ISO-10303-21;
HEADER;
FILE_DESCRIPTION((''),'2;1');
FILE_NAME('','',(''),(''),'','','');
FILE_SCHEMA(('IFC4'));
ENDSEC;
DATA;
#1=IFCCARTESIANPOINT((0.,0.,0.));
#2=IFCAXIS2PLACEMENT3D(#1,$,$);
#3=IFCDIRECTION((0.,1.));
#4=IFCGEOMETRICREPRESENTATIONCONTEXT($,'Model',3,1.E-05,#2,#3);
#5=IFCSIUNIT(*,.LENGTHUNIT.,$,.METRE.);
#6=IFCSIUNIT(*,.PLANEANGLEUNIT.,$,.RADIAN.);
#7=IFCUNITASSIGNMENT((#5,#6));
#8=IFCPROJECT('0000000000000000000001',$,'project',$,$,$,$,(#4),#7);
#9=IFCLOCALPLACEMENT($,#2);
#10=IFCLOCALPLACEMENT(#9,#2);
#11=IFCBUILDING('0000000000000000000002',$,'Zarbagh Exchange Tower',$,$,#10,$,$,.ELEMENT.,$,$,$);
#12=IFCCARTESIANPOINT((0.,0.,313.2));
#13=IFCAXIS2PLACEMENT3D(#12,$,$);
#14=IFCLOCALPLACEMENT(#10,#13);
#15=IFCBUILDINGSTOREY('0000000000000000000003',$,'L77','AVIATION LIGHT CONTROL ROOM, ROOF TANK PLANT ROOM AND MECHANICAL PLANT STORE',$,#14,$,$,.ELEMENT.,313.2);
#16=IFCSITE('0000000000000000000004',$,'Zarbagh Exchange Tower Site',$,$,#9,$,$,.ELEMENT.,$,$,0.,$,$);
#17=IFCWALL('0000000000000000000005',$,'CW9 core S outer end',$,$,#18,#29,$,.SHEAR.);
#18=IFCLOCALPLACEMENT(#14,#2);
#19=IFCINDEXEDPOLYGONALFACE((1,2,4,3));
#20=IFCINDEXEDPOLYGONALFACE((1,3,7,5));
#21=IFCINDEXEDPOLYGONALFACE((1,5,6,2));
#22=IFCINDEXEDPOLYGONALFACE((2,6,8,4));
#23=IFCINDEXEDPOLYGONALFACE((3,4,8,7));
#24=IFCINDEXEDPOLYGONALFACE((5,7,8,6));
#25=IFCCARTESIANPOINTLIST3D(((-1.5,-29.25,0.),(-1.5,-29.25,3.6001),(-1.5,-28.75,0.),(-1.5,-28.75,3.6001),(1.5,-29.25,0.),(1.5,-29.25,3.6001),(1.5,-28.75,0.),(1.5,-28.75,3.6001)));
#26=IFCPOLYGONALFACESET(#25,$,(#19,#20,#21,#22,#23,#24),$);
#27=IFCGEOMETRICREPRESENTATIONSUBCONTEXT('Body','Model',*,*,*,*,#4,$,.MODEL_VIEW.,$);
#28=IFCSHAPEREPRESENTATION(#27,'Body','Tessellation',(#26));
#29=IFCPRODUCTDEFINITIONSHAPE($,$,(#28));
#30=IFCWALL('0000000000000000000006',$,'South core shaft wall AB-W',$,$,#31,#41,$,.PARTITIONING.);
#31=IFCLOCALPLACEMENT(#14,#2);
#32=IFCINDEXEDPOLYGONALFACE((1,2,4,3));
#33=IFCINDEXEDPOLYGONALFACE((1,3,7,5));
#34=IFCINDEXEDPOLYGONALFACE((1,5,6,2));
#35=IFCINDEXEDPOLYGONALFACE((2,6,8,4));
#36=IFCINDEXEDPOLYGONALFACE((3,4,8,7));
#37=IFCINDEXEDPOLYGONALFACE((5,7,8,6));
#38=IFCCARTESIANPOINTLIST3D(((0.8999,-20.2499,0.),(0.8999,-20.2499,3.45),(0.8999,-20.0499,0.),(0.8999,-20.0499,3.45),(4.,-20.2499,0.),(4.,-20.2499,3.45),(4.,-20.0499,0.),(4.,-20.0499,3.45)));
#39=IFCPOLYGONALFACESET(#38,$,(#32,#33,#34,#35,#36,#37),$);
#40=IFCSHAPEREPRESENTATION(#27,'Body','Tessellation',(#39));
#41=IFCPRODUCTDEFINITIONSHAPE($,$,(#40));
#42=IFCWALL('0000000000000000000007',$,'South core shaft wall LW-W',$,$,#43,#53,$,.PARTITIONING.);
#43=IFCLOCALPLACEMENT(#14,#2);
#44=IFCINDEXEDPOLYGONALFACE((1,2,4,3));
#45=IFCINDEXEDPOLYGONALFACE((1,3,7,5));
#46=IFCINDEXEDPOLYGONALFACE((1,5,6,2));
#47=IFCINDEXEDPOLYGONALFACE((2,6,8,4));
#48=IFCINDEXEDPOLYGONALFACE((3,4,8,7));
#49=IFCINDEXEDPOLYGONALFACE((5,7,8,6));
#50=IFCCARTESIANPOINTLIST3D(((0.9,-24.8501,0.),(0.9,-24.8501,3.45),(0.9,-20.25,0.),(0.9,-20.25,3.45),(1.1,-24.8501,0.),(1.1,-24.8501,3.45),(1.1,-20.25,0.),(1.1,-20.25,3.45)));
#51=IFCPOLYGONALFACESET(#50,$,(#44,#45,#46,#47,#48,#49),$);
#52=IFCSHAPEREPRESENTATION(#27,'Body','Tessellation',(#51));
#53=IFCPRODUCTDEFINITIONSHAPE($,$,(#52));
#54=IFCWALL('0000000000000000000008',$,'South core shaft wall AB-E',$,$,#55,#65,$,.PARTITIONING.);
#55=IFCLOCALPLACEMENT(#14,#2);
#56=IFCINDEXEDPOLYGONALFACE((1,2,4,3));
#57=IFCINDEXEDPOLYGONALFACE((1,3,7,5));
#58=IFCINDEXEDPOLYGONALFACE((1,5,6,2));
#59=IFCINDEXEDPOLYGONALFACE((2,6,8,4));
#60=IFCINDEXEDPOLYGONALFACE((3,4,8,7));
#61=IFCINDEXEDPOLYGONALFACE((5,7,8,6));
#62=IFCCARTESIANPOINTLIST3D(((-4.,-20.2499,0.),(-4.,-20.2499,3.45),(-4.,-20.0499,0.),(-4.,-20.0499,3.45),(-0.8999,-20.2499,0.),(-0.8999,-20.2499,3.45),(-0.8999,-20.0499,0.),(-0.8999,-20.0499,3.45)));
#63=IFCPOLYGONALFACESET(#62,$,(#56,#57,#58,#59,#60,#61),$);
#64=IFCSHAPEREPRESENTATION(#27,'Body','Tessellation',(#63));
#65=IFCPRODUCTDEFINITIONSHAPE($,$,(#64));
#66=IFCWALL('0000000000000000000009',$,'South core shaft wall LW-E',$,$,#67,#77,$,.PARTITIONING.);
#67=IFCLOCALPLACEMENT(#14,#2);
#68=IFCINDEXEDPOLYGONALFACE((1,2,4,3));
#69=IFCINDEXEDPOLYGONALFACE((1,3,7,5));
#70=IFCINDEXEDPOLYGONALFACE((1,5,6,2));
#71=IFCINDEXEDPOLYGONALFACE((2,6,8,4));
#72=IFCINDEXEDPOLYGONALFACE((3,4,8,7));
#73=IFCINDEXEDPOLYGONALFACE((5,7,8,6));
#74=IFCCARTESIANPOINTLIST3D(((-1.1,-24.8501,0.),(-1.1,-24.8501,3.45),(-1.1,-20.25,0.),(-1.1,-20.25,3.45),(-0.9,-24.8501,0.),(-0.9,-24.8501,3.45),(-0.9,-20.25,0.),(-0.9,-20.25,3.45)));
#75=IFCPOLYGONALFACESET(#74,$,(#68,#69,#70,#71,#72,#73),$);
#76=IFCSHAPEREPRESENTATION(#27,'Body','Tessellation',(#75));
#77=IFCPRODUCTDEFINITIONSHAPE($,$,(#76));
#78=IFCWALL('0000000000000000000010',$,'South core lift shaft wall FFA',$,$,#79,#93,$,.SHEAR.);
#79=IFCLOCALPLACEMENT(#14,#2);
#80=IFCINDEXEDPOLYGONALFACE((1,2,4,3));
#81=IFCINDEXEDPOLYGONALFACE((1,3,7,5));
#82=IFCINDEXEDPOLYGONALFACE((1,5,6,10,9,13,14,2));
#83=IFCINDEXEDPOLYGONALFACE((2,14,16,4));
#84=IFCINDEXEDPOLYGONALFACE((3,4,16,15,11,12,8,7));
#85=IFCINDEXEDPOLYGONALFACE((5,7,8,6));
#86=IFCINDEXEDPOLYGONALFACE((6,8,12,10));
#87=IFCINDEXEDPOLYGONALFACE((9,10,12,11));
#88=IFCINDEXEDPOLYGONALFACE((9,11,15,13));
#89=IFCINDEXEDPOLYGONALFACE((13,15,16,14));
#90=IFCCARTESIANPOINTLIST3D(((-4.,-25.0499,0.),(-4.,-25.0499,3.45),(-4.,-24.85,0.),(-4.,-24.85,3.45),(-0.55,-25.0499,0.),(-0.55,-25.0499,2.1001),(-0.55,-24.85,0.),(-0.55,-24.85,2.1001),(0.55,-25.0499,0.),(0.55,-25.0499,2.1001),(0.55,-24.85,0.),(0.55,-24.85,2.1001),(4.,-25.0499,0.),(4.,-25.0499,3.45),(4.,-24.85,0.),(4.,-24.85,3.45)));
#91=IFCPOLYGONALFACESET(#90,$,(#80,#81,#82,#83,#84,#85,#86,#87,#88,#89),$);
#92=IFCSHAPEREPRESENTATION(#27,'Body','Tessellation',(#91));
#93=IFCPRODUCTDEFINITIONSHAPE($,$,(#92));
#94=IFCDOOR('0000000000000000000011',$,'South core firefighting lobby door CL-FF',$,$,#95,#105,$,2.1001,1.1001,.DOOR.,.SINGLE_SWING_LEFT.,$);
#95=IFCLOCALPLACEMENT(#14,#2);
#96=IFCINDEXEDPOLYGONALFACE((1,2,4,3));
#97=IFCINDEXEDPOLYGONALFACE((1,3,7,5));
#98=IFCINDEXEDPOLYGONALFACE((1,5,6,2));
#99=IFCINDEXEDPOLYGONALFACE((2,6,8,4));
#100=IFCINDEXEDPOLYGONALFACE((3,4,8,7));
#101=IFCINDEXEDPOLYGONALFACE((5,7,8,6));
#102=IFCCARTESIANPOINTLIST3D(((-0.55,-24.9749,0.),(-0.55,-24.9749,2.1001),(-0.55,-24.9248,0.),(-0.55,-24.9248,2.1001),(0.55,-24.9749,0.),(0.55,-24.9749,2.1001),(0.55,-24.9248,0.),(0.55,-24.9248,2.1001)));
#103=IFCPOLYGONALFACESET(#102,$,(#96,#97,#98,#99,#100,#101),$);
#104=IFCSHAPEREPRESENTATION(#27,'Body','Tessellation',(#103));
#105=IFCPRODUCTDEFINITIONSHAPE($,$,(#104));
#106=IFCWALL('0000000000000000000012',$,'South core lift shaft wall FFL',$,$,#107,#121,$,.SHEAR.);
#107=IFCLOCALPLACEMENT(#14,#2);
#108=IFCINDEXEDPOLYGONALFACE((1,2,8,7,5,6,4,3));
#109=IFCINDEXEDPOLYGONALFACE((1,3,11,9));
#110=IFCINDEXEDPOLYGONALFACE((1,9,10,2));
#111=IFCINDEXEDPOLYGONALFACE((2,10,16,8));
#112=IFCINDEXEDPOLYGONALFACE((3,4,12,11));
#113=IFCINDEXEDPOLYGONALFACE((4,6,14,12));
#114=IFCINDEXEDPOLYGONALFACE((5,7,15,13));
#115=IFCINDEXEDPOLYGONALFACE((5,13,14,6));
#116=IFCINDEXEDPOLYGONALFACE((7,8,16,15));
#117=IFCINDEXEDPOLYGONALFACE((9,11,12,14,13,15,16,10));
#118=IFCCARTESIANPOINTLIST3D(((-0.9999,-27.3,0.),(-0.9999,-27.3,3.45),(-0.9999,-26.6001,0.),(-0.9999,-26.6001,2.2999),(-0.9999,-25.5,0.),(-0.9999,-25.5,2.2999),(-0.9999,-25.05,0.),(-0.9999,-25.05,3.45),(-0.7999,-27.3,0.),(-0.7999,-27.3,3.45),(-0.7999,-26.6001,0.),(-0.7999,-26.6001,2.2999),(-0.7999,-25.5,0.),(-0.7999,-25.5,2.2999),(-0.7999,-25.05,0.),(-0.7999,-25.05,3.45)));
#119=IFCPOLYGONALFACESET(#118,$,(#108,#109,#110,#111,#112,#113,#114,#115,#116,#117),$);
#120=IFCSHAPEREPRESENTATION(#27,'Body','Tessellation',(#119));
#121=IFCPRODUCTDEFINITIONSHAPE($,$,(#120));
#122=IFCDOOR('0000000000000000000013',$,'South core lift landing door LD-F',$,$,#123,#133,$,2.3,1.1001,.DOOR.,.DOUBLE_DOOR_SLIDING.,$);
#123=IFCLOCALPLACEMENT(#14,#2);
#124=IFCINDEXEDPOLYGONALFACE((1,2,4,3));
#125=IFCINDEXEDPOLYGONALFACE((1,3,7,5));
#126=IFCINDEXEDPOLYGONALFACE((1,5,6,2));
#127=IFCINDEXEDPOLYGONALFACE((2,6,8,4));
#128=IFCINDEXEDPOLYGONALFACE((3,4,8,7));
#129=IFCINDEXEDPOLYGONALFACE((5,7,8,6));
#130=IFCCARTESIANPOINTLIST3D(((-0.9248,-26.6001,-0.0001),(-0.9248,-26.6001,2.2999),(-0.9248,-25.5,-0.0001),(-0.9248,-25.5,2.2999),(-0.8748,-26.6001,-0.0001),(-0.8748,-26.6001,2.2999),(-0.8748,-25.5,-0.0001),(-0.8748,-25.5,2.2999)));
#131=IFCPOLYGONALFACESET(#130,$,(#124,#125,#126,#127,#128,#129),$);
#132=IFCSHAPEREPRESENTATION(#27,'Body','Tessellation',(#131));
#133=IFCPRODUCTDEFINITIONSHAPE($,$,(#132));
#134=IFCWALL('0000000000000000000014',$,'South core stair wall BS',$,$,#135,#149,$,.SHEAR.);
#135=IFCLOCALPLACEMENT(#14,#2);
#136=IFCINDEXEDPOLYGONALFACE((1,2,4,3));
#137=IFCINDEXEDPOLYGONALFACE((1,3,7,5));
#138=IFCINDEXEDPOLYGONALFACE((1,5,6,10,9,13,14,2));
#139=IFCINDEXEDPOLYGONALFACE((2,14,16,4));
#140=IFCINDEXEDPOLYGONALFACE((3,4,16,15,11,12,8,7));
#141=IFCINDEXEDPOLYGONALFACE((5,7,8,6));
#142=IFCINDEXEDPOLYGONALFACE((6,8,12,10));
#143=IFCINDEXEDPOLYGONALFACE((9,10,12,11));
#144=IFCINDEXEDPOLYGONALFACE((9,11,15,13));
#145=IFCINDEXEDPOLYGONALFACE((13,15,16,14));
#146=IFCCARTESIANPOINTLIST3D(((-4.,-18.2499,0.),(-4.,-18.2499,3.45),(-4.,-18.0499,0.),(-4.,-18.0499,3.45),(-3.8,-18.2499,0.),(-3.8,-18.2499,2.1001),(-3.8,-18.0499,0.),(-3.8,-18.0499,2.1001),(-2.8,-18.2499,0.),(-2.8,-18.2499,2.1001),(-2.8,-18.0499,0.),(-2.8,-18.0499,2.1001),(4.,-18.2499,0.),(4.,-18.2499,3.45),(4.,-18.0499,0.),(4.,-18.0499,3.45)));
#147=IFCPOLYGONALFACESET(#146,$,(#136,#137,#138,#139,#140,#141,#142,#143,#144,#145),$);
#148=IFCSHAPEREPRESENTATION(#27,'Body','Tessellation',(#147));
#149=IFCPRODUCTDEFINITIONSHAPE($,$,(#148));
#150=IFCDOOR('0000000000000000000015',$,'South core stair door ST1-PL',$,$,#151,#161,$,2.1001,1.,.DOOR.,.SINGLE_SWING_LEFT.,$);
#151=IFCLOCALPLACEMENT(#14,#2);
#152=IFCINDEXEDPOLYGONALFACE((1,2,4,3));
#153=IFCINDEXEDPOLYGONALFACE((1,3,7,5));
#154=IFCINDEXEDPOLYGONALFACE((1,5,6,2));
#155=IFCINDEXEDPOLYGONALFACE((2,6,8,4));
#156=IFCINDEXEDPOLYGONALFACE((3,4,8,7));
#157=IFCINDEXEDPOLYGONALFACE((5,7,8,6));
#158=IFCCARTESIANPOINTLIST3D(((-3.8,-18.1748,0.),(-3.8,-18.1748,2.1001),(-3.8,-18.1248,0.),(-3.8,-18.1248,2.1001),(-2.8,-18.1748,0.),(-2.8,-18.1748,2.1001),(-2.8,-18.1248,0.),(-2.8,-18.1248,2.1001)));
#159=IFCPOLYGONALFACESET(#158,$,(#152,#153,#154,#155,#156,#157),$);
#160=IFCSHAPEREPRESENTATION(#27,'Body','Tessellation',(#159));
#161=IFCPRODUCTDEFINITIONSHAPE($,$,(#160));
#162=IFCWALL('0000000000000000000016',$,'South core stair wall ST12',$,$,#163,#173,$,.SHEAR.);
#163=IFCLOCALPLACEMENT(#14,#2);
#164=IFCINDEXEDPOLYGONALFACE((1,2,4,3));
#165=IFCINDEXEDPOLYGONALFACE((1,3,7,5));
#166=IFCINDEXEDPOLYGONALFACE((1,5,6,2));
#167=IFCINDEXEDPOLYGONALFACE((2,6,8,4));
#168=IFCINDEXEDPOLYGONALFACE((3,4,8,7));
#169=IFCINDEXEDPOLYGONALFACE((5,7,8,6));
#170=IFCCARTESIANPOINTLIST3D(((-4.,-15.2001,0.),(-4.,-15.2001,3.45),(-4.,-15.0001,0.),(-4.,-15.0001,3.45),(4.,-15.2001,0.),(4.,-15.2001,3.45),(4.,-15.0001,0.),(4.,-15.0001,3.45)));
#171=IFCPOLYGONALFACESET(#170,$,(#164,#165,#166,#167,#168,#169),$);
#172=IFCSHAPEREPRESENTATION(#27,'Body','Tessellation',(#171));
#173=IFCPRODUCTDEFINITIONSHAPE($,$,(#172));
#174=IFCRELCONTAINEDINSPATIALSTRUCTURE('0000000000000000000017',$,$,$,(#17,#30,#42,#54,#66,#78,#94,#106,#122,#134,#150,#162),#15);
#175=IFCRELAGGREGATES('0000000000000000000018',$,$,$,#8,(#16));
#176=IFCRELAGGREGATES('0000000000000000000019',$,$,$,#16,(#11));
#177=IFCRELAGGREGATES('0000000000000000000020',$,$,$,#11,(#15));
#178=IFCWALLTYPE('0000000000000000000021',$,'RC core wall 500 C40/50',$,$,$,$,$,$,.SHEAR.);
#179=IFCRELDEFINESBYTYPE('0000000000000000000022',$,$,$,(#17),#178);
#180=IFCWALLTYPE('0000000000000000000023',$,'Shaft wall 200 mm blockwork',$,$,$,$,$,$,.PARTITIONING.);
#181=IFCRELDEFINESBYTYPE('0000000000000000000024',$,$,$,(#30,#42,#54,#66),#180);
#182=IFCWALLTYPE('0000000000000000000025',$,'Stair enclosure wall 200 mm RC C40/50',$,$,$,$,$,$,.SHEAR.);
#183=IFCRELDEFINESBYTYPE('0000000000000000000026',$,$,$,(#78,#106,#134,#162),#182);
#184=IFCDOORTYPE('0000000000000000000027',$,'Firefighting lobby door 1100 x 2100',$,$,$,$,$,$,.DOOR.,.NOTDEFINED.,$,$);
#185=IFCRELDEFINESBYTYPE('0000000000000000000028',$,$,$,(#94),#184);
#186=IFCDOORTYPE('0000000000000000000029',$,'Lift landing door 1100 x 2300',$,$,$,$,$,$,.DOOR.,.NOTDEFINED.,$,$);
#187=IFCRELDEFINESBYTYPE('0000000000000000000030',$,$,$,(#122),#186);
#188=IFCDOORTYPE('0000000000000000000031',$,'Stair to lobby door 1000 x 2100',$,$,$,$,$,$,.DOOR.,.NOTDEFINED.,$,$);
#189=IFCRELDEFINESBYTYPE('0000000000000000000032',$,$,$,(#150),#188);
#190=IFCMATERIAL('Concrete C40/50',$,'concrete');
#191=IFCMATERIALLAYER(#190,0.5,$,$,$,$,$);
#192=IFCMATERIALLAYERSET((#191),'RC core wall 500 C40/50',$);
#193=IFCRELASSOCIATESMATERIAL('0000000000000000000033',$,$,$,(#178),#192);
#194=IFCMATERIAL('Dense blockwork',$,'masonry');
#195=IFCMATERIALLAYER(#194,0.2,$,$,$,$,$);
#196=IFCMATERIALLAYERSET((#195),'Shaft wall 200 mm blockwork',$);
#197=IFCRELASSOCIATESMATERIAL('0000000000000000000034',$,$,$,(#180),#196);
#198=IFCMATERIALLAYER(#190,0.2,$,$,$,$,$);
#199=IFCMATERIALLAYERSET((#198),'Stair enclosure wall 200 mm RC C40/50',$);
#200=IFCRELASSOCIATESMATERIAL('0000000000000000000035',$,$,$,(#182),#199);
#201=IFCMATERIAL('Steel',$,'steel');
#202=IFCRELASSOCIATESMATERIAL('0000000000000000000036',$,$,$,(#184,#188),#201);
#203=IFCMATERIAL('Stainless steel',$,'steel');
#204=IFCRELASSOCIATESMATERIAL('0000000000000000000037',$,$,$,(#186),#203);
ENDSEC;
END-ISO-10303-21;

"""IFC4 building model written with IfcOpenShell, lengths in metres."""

from ifc_helpers import new_model, si_unit, direction, frame, frame_2d, origin, place, context, subcontext, project, spatial, rectangle, extrude, material, layer, layer_set, type_object, element, fill, save


model = new_model("IFC4")

# Units and contexts
model_context = context("Model", 3, precision=1e-05, world=origin(), true_north=direction((0.0, 1.0)))
body_context = subcontext(model_context, "Body", "Model", "MODEL_VIEW")
ifc_project = project(units=[si_unit("LENGTHUNIT", "METRE"), si_unit("PLANEANGLEUNIT", "RADIAN")], contexts=[model_context])

# Site, building, storey
site_placement = place(None, origin())
site = spatial("IfcSite", under=ifc_project, at=site_placement, Name="Zarbagh Exchange Tower Site", CompositionType="ELEMENT", RefElevation=0.0)
building_placement = place(site_placement, origin())
building = spatial("IfcBuilding", under=site, at=building_placement, Name="Zarbagh Exchange Tower", CompositionType="ELEMENT")
storey_placement = place(building_placement, frame((0.0, 0.0, 313.2)))
storey = spatial("IfcBuildingStorey", under=building, at=storey_placement, Name="L77", Description="AVIATION LIGHT CONTROL ROOM, ROOF TANK PLANT ROOM AND MECHANICAL PLANT STORE", CompositionType="ELEMENT", Elevation=313.2)

# Walls
ifc_material_1 = material(Name="Concrete C40/50", Category="concrete")
ifc_layer_1 = layer(ifc_material_1, 0.5)
ifc_layer_set_1 = layer_set([ifc_layer_1], Name="RC core wall 500 C40/50")
wall_type_1 = type_object("IfcWallType", Name="RC core wall 500 C40/50", PredefinedType="SHEAR", material=ifc_layer_set_1)
wall_1_placement = place(storey_placement, frame((-1.5, -29.0, 0.0), z_axis=(0.0, 0.0, 1.0), x_axis=(1.0, 0.0, 0.0)))
element("IfcWall", 1, at=wall_1_placement, inside=storey, type_object=wall_type_1, Name="CW9 core S outer end", PredefinedType="SHEAR", context=body_context, shape_type="SweptSolid", body=[
    extrude(rectangle(XDim=3.0, YDim=0.5, at=frame_2d((1.5, 0.0))), origin(), (0.0, 0.0, 1.0), 3.6001),
])
ifc_material_2 = material(Name="Dense blockwork", Category="masonry")
ifc_layer_2 = layer(ifc_material_2, 0.2)
ifc_layer_set_2 = layer_set([ifc_layer_2], Name="Shaft wall 200 mm blockwork")
wall_type_2 = type_object("IfcWallType", Name="Shaft wall 200 mm blockwork", PredefinedType="PARTITIONING", material=ifc_layer_set_2)
wall_2_placement = place(storey_placement, frame((4.0, -20.1499, 0.0), z_axis=(0.0, 0.0, 1.0), x_axis=(-1.0, 0.0, 0.0)))
element("IfcWall", 2, at=wall_2_placement, inside=storey, type_object=wall_type_2, Name="South core shaft wall AB-W", PredefinedType="PARTITIONING", context=body_context, shape_type="SweptSolid", body=[
    extrude(rectangle(XDim=3.1001, YDim=0.2, at=frame_2d((1.55, 0.0))), origin(), (0.0, 0.0, 1.0), 3.45),
])
wall_3_placement = place(storey_placement, frame((1.0, -24.8501, 0.0), z_axis=(0.0, 0.0, 1.0), x_axis=(0.0, 1.0, 0.0)))
element("IfcWall", 3, at=wall_3_placement, inside=storey, type_object=wall_type_2, Name="South core shaft wall LW-W", PredefinedType="PARTITIONING", context=body_context, shape_type="SweptSolid", body=[
    extrude(rectangle(XDim=4.6001, YDim=0.2, at=frame_2d((2.3, 0.0))), origin(), (0.0, 0.0, 1.0), 3.45),
])
wall_4_placement = place(storey_placement, frame((-0.8999, -20.1499, 0.0), z_axis=(0.0, 0.0, 1.0), x_axis=(-1.0, 0.0, 0.0)))
element("IfcWall", 4, at=wall_4_placement, inside=storey, type_object=wall_type_2, Name="South core shaft wall AB-E", PredefinedType="PARTITIONING", context=body_context, shape_type="SweptSolid", body=[
    extrude(rectangle(XDim=3.1001, YDim=0.2, at=frame_2d((1.55, 0.0))), origin(), (0.0, 0.0, 1.0), 3.45),
])
wall_5_placement = place(storey_placement, frame((-1.0, -24.8501, 0.0), z_axis=(0.0, 0.0, 1.0), x_axis=(0.0, 1.0, 0.0)))
element("IfcWall", 5, at=wall_5_placement, inside=storey, type_object=wall_type_2, Name="South core shaft wall LW-E", PredefinedType="PARTITIONING", context=body_context, shape_type="SweptSolid", body=[
    extrude(rectangle(XDim=4.6001, YDim=0.2, at=frame_2d((2.3, 0.0))), origin(), (0.0, 0.0, 1.0), 3.45),
])

# Walls, openings, doors
ifc_layer_3 = layer(ifc_material_1, 0.2)
ifc_layer_set_3 = layer_set([ifc_layer_3], Name="Stair enclosure wall 200 mm RC C40/50")
wall_type_3 = type_object("IfcWallType", Name="Stair enclosure wall 200 mm RC C40/50", PredefinedType="SHEAR", material=ifc_layer_set_3)
wall_6_placement = place(storey_placement, frame((4.0, -24.95, 0.0), z_axis=(0.0, 0.0, 1.0), x_axis=(-1.0, 0.0, 0.0)))
wall_6 = element("IfcWall", 6, at=wall_6_placement, inside=storey, type_object=wall_type_3, Name="South core lift shaft wall FFA", PredefinedType="SHEAR", context=body_context, shape_type="SweptSolid", body=[
    extrude(rectangle(XDim=8.0, YDim=0.2, at=frame_2d((4.0, 0.0))), origin(), (0.0, 0.0, 1.0), 3.45),
])
opening_1_placement = place(wall_6_placement, frame((3.45, 0.0, 0.0)))
opening_1 = element("IfcOpeningElement", 7, at=opening_1_placement, cuts=wall_6, PredefinedType="OPENING", context=body_context, shape_type="SweptSolid", body=[
    extrude(rectangle(XDim=1.1001, YDim=2.1001, at=frame_2d((0.55, 1.05))), frame((0.0, 0.1099, 0.0), z_axis=(0.0, -1.0, 0.0), x_axis=(1.0, 0.0, 0.0)), (0.0, 0.0, 1.0), 0.22),
])
ifc_material_3 = material(Name="Steel", Category="steel")
door_type_1 = type_object("IfcDoorType", Name="Firefighting lobby door 1100 x 2100", OperationType="NOTDEFINED", PredefinedType="DOOR", material=ifc_material_3)
door_1_placement = place(opening_1_placement, origin())
door_1 = element("IfcDoor", 8, at=door_1_placement, inside=storey, type_object=door_type_1, Name="South core firefighting lobby door CL-FF", OperationType="SINGLE_SWING_LEFT", OverallHeight=2.1001, OverallWidth=1.1001, PredefinedType="DOOR", context=body_context, shape_type="SweptSolid", body=[
    extrude(rectangle(XDim=1.1001, YDim=2.1001, at=frame_2d((0.55, 1.05))), frame((0.0, 0.0249, 0.0), z_axis=(0.0, -1.0, 0.0), x_axis=(1.0, 0.0, 0.0)), (0.0, 0.0, 1.0), 0.05),
])
fill(opening_1, door_1)
wall_7_placement = place(storey_placement, frame((-0.8999, -27.3, 0.0), z_axis=(0.0, 0.0, 1.0), x_axis=(0.0, 1.0, 0.0)))
wall_7 = element("IfcWall", 9, at=wall_7_placement, inside=storey, type_object=wall_type_3, Name="South core lift shaft wall FFL", PredefinedType="SHEAR", context=body_context, shape_type="SweptSolid", body=[
    extrude(rectangle(XDim=2.25, YDim=0.2, at=frame_2d((1.125, 0.0))), origin(), (0.0, 0.0, 1.0), 3.45),
])
opening_2_placement = place(wall_7_placement, frame((0.7, 0.0, 0.0)))
opening_2 = element("IfcOpeningElement", 10, at=opening_2_placement, cuts=wall_7, PredefinedType="OPENING", context=body_context, shape_type="SweptSolid", body=[
    extrude(rectangle(XDim=1.1001, YDim=2.3, at=frame_2d((0.55, 1.1499))), frame((0.0, 0.1099, 0.0), z_axis=(0.0, -1.0, 0.0), x_axis=(1.0, 0.0, 0.0)), (0.0, 0.0, 1.0), 0.22),
])
ifc_material_4 = material(Name="Stainless steel", Category="steel")
door_type_2 = type_object("IfcDoorType", Name="Lift landing door 1100 x 2300", OperationType="NOTDEFINED", PredefinedType="DOOR", material=ifc_material_4)
door_2_placement = place(opening_2_placement, origin())
door_2 = element("IfcDoor", 11, at=door_2_placement, inside=storey, type_object=door_type_2, Name="South core lift landing door LD-F", OperationType="DOUBLE_DOOR_SLIDING", OverallHeight=2.3, OverallWidth=1.1001, PredefinedType="DOOR", context=body_context, shape_type="SweptSolid", body=[
    extrude(rectangle(XDim=1.1001, YDim=2.3, at=frame_2d((0.55, 1.1499))), frame((0.0, 0.0249, 0.0), z_axis=(0.0, -1.0, 0.0), x_axis=(1.0, 0.0, 0.0)), (0.0, 0.0, 1.0), 0.05),
])
fill(opening_2, door_2)
wall_8_placement = place(storey_placement, frame((4.0, -18.1499, 0.0), z_axis=(0.0, 0.0, 1.0), x_axis=(-1.0, 0.0, 0.0)))
wall_8 = element("IfcWall", 12, at=wall_8_placement, inside=storey, type_object=wall_type_3, Name="South core stair wall BS", PredefinedType="SHEAR", context=body_context, shape_type="SweptSolid", body=[
    extrude(rectangle(XDim=8.0, YDim=0.2, at=frame_2d((4.0, 0.0))), origin(), (0.0, 0.0, 1.0), 3.45),
])
opening_3_placement = place(wall_8_placement, frame((6.8, 0.0, 0.0)))
opening_3 = element("IfcOpeningElement", 13, at=opening_3_placement, cuts=wall_8, PredefinedType="OPENING", context=body_context, shape_type="SweptSolid", body=[
    extrude(rectangle(XDim=1.0, YDim=2.1001, at=frame_2d((0.5, 1.05))), frame((0.0, 0.1099, 0.0), z_axis=(0.0, -1.0, 0.0), x_axis=(1.0, 0.0, 0.0)), (0.0, 0.0, 1.0), 0.22),
])
door_type_3 = type_object("IfcDoorType", Name="Stair to lobby door 1000 x 2100", OperationType="NOTDEFINED", PredefinedType="DOOR", material=ifc_material_3)
door_3_placement = place(opening_3_placement, origin())
door_3 = element("IfcDoor", 14, at=door_3_placement, inside=storey, type_object=door_type_3, Name="South core stair door ST1-PL", OperationType="SINGLE_SWING_LEFT", OverallHeight=2.1001, OverallWidth=1.0, PredefinedType="DOOR", context=body_context, shape_type="SweptSolid", body=[
    extrude(rectangle(XDim=1.0, YDim=2.1001, at=frame_2d((0.5, 1.05))), frame((0.0, 0.0249, 0.0), z_axis=(0.0, -1.0, 0.0), x_axis=(1.0, 0.0, 0.0)), (0.0, 0.0, 1.0), 0.05),
])
fill(opening_3, door_3)

# Wall
wall_9_placement = place(storey_placement, frame((4.0, -15.1001, 0.0), z_axis=(0.0, 0.0, 1.0), x_axis=(-1.0, 0.0, 0.0)))
element("IfcWall", 15, at=wall_9_placement, inside=storey, type_object=wall_type_3, Name="South core stair wall ST12", PredefinedType="SHEAR", context=body_context, shape_type="SweptSolid", body=[
    extrude(rectangle(XDim=8.0, YDim=0.2, at=frame_2d((4.0, 0.0))), origin(), (0.0, 0.0, 1.0), 3.45),
])

save(model, "model.ifc")
